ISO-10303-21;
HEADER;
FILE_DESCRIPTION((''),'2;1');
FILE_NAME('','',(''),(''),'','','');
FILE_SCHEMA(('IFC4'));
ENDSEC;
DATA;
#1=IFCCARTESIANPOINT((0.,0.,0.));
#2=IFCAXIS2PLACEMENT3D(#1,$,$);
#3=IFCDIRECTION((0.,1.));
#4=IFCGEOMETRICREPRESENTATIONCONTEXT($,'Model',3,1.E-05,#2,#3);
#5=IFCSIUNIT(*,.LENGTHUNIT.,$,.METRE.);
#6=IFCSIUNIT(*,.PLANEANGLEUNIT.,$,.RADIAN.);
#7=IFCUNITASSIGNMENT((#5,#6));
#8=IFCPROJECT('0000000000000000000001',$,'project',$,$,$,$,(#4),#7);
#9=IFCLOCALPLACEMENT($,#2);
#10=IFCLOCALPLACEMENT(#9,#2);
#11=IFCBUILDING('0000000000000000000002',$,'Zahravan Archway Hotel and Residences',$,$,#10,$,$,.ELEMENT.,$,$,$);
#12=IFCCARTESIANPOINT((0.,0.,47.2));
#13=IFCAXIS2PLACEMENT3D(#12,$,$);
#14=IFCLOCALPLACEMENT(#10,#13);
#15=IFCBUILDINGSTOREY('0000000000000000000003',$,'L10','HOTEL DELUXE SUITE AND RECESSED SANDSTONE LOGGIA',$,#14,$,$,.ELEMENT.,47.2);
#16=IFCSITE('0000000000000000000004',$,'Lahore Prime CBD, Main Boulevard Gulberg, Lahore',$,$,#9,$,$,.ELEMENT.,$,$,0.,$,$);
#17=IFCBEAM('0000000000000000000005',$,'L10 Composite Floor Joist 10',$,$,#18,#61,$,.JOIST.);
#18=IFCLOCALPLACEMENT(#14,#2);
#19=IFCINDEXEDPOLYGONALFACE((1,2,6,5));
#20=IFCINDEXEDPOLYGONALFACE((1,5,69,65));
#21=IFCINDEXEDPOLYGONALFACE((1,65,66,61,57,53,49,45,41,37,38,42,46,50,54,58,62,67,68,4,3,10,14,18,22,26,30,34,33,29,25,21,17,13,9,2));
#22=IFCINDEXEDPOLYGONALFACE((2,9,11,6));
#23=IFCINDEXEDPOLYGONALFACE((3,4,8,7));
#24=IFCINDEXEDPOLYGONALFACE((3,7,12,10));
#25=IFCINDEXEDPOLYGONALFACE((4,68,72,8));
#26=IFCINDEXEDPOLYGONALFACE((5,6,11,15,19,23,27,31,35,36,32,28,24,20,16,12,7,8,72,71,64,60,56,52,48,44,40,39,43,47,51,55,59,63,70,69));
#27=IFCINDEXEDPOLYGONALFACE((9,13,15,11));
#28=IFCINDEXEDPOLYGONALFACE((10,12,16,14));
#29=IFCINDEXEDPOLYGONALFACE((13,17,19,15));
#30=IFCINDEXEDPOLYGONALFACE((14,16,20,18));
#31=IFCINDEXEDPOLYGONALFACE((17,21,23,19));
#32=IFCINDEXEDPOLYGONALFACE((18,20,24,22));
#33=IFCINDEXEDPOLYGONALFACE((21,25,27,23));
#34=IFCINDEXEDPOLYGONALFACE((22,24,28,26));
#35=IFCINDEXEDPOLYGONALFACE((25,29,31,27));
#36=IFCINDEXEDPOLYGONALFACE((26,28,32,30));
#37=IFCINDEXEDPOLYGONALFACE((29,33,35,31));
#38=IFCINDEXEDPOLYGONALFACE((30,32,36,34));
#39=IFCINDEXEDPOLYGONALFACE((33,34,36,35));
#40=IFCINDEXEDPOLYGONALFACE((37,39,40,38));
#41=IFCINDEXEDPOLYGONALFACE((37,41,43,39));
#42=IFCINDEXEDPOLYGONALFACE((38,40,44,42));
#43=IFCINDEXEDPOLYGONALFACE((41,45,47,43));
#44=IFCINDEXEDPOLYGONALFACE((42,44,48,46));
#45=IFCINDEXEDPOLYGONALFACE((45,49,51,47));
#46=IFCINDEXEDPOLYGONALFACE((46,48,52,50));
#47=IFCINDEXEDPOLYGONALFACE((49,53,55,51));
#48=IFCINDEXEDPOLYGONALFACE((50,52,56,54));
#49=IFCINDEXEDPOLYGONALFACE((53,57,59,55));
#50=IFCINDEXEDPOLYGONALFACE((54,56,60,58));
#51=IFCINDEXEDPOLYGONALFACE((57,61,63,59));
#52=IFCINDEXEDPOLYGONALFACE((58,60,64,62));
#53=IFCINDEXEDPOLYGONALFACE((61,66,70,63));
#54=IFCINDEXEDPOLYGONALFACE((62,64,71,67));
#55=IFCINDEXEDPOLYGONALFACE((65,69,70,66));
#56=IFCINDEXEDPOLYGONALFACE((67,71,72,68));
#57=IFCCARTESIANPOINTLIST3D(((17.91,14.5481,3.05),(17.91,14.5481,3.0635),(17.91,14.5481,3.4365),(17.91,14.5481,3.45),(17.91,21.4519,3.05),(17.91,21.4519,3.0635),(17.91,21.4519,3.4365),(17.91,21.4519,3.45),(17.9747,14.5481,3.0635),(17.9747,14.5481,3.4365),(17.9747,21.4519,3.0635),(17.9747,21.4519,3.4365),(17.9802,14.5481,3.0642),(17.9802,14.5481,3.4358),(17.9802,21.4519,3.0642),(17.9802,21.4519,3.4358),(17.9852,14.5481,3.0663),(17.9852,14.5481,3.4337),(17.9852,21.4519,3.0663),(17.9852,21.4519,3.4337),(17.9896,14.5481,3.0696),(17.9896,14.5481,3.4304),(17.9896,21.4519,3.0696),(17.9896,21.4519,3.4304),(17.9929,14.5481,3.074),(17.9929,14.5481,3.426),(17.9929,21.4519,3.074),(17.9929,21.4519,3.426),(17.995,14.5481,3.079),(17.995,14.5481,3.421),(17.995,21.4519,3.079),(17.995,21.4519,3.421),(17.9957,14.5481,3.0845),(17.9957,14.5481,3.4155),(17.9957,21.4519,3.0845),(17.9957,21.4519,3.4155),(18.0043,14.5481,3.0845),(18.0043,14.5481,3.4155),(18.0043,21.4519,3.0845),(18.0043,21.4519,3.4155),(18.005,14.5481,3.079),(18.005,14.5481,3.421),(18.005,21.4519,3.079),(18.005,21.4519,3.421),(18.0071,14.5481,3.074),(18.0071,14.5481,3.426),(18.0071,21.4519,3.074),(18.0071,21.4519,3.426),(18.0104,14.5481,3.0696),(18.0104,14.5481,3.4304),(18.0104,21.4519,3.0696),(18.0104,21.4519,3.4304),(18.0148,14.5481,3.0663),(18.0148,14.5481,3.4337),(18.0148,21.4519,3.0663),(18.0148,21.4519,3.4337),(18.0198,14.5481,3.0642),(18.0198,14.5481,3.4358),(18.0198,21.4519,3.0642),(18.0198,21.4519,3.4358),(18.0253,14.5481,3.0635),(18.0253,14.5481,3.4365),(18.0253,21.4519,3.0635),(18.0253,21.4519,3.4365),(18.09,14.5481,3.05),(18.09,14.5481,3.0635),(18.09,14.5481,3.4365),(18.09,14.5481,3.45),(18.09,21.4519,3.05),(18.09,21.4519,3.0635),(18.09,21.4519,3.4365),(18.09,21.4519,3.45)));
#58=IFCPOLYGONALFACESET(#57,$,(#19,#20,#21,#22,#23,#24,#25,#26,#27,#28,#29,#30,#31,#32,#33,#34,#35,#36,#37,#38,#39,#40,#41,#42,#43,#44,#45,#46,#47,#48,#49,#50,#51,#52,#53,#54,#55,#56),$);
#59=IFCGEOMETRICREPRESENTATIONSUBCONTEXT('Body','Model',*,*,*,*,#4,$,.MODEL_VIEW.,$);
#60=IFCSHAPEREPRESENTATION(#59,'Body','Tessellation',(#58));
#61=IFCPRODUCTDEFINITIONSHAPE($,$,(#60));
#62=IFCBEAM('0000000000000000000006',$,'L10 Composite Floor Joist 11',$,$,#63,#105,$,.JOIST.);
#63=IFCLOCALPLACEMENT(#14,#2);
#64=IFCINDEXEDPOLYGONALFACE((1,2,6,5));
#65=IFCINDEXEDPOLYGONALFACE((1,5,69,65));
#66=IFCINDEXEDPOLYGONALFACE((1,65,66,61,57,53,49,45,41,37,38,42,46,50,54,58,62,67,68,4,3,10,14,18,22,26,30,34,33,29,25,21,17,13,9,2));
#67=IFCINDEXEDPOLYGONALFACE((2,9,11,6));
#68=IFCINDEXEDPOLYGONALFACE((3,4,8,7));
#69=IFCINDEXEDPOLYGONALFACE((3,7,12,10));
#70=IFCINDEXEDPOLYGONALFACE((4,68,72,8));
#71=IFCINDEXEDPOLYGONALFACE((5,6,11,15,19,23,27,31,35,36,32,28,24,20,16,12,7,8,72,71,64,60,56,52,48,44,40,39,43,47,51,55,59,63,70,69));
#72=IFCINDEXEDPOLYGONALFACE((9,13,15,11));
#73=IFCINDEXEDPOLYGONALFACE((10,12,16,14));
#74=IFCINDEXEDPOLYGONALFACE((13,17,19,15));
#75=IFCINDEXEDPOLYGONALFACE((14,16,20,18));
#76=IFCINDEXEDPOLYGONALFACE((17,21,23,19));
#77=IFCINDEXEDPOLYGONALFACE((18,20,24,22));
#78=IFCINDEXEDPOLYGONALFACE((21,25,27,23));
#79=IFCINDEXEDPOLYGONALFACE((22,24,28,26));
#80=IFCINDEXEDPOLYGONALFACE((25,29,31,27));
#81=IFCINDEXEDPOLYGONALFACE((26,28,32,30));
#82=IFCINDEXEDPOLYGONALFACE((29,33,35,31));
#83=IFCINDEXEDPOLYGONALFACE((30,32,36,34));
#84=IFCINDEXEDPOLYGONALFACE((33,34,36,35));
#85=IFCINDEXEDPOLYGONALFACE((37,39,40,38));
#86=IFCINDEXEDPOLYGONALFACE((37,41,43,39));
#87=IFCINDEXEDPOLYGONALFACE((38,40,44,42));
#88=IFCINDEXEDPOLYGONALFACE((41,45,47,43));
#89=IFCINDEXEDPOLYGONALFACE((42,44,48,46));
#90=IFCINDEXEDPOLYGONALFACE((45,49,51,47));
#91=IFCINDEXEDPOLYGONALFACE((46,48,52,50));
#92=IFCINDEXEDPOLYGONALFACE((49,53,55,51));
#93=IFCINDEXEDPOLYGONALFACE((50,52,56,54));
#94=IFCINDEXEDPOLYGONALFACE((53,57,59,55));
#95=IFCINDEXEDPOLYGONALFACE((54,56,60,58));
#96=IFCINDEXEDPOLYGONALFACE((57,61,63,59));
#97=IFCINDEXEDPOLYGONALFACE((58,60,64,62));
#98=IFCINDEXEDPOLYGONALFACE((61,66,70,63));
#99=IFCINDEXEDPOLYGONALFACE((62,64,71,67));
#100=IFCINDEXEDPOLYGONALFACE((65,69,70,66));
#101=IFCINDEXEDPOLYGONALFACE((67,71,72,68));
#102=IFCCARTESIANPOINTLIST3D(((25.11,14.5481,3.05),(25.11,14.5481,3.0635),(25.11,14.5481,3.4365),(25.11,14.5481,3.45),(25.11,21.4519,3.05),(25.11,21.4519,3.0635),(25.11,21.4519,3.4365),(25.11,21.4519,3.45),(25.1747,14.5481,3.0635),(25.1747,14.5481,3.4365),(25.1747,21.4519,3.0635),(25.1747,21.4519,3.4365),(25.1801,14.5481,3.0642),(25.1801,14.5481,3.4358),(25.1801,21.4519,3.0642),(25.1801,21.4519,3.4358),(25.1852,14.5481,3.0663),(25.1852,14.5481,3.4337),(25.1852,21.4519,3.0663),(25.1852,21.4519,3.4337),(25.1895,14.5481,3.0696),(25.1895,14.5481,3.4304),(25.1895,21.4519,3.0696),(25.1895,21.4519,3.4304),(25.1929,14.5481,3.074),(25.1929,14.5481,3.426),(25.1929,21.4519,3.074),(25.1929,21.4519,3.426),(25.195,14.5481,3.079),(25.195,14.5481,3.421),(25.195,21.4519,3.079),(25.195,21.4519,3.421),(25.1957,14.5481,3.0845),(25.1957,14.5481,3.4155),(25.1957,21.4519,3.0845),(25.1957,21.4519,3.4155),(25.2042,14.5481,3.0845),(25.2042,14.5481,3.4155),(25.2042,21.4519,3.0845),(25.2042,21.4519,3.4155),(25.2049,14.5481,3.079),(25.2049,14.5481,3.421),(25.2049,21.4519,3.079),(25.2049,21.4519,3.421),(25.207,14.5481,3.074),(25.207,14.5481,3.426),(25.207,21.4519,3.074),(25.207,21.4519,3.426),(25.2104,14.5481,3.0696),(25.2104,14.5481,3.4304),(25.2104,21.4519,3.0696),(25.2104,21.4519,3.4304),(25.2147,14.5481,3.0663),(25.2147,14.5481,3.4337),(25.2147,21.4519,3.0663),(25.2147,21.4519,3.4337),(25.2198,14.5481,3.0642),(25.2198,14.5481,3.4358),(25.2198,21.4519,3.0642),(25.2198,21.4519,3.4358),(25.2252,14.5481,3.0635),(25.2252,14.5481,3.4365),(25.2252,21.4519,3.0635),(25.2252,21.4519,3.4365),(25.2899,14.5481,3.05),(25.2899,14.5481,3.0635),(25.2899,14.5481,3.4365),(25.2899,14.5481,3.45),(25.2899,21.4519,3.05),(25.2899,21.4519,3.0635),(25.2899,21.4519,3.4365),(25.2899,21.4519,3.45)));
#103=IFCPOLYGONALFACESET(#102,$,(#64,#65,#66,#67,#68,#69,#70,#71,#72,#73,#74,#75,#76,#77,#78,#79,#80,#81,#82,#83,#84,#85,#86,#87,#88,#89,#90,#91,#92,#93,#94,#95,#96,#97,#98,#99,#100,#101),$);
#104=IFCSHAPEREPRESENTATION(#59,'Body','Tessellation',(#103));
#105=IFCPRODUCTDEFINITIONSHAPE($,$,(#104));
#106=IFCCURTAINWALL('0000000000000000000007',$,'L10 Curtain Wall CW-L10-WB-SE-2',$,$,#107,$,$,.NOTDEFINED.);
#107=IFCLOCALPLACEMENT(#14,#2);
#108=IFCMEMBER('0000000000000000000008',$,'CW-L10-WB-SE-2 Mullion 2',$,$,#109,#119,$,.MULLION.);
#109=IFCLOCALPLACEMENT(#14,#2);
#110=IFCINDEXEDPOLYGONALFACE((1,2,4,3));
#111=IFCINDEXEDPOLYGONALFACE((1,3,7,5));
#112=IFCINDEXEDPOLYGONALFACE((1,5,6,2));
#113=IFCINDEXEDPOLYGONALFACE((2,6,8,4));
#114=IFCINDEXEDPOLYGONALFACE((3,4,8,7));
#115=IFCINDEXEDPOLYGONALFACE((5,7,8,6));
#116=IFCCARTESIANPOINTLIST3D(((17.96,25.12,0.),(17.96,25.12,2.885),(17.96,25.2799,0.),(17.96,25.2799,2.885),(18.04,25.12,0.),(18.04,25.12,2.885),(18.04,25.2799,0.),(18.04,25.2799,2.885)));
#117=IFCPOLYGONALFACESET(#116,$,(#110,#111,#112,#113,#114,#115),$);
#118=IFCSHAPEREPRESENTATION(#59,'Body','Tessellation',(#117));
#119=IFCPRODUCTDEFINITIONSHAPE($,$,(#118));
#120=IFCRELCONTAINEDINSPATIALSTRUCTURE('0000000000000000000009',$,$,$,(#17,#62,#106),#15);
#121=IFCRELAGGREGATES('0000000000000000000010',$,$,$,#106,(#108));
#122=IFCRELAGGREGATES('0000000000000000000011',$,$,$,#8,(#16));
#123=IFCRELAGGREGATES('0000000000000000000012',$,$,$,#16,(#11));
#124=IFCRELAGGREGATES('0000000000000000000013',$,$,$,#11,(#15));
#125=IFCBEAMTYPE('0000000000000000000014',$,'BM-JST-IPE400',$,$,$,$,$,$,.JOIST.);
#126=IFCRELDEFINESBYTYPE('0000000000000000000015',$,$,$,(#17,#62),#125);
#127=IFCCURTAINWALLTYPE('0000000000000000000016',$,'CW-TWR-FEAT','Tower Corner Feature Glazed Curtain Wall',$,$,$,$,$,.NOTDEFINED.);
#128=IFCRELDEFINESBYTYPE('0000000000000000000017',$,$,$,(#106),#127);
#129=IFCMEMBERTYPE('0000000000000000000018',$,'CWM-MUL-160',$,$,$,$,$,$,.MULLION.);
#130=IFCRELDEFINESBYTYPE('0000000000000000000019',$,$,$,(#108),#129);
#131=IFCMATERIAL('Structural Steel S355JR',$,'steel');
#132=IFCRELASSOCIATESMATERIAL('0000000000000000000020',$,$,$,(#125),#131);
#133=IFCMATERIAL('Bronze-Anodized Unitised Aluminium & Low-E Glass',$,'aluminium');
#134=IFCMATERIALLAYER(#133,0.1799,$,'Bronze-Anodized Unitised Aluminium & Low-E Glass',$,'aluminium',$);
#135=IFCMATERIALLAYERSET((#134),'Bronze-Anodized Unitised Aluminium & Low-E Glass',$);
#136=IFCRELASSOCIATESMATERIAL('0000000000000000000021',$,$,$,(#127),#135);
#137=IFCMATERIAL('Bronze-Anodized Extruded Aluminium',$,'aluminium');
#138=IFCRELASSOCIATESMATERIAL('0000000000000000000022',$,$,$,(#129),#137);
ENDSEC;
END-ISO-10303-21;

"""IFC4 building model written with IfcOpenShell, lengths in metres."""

from ifc_helpers import new_model, si_unit, direction, frame, origin, origin_2d, place, context, subcontext, project, spatial, rectangle, i_section, extrude, source, transform, mapped, material, layer, layer_set, material_profile, profile_set, type_object, element, aggregate, save


model = new_model("IFC4")

# Units and contexts
model_context = context("Model", 3, precision=1e-05, world=origin(), true_north=direction((0.0, 1.0)))
body_context = subcontext(model_context, "Body", "Model", "MODEL_VIEW")
ifc_project = project(units=[si_unit("LENGTHUNIT", "METRE"), si_unit("PLANEANGLEUNIT", "RADIAN")], contexts=[model_context])

# Site, building, storey
site_placement = place(None, origin())
site = spatial("IfcSite", under=ifc_project, at=site_placement, Name="Lahore Prime CBD, Main Boulevard Gulberg, Lahore", CompositionType="ELEMENT", RefElevation=0.0)
building_placement = place(site_placement, origin())
building = spatial("IfcBuilding", under=site, at=building_placement, Name="Zahravan Archway Hotel and Residences", CompositionType="ELEMENT")
storey_placement = place(building_placement, frame((0.0, 0.0, 47.2)))
storey = spatial("IfcBuildingStorey", under=building, at=storey_placement, Name="L10", Description="HOTEL DELUXE SUITE AND RECESSED SANDSTONE LOGGIA", CompositionType="ELEMENT", Elevation=47.2)

# Beams
ifc_material_1 = material(Name="Structural Steel S355JR", Category="steel")
ifc_material_profile_1 = material_profile(ifc_material_1, i_section(OverallWidth=0.1799, OverallDepth=0.3999, WebThickness=0.0085, FlangeThickness=0.0134, FilletRadius=0.021, at=origin_2d()), Name="IPE 400", Category="steel")
ifc_profile_set_1 = profile_set([ifc_material_profile_1], Name="Structural Steel S355JR")
beam_type_1 = type_object("IfcBeamType", Name="BM-JST-IPE400", PredefinedType="JOIST", material=ifc_profile_set_1)
shared_shape_1 = source(origin(), body_context, "Body", "SweptSolid", [
    extrude(i_section(OverallWidth=0.1799, OverallDepth=0.3999, WebThickness=0.0085, FlangeThickness=0.0134, FilletRadius=0.021, at=origin_2d()), origin(), (0.0, 0.0, 1.0), 6.9038),
])
for number, where, z_axis, x_axis, name in (
    (1, (18.0, 14.5481, 3.25), (0.0, 1.0, 0.0), (-1.0, 0.0, 0.0), "L10 Composite Floor Joist 10"),
    (2, (25.2, 14.5481, 3.25), (0.0, 1.0, 0.0), (-1.0, 0.0, 0.0), "L10 Composite Floor Joist 11"),
):
    element("IfcBeam", number, at=place(storey_placement, frame(where, z_axis=z_axis, x_axis=x_axis)), inside=storey, type_object=beam_type_1, Name=name, PredefinedType="JOIST", context=body_context, shape_type="MappedRepresentation", body=[
        mapped(shared_shape_1, transform((0.0, 0.0, 0.0), scale=1.0)),
    ])

# Curtain wall, member
ifc_material_2 = material(Name="Bronze-Anodized Unitised Aluminium & Low-E Glass", Category="aluminium")
ifc_layer_1 = layer(ifc_material_2, 0.1799, Name="Bronze-Anodized Unitised Aluminium & Low-E Glass", Category="aluminium")
ifc_layer_set_1 = layer_set([ifc_layer_1], Name="Bronze-Anodized Unitised Aluminium & Low-E Glass")
curtain_wall_type = type_object("IfcCurtainWallType", Name="CW-TWR-FEAT", Description="Tower Corner Feature Glazed Curtain Wall", PredefinedType="NOTDEFINED", material=ifc_layer_set_1)
curtain_wall_placement = place(storey_placement, origin())
curtain_wall = element("IfcCurtainWall", 3, at=curtain_wall_placement, inside=storey, type_object=curtain_wall_type, Name="L10 Curtain Wall CW-L10-WB-SE-2", PredefinedType="NOTDEFINED")
ifc_material_3 = material(Name="Bronze-Anodized Extruded Aluminium", Category="aluminium")
ifc_material_profile_2 = material_profile(ifc_material_3, rectangle(XDim=0.0801, YDim=0.1599, at=origin_2d()), Name="MUL 80x160", Category="aluminium")
ifc_profile_set_2 = profile_set([ifc_material_profile_2], Name="Bronze-Anodized Extruded Aluminium")
member_type = type_object("IfcMemberType", Name="CWM-MUL-160", PredefinedType="MULLION", material=ifc_profile_set_2)
shared_shape_2 = source(origin(), body_context, "Body", "SweptSolid", [
    extrude(rectangle(XDim=0.0801, YDim=0.1599, at=origin_2d()), origin(), (0.0, 0.0, 1.0), 2.885),
])
member_placement = place(storey_placement, frame((18.0, 25.2, 0.0), z_axis=(0.0, 0.0, 1.0), x_axis=(1.0, 0.0, 0.0)))
member = element("IfcMember", 4, at=member_placement, type_object=member_type, Name="CW-L10-WB-SE-2 Mullion 2", PredefinedType="MULLION", context=body_context, shape_type="MappedRepresentation", body=[
    mapped(shared_shape_2, transform((0.0, 0.0, 0.0), scale=1.0)),
])
aggregate(curtain_wall, [member])

save(model, "model.ifc")
